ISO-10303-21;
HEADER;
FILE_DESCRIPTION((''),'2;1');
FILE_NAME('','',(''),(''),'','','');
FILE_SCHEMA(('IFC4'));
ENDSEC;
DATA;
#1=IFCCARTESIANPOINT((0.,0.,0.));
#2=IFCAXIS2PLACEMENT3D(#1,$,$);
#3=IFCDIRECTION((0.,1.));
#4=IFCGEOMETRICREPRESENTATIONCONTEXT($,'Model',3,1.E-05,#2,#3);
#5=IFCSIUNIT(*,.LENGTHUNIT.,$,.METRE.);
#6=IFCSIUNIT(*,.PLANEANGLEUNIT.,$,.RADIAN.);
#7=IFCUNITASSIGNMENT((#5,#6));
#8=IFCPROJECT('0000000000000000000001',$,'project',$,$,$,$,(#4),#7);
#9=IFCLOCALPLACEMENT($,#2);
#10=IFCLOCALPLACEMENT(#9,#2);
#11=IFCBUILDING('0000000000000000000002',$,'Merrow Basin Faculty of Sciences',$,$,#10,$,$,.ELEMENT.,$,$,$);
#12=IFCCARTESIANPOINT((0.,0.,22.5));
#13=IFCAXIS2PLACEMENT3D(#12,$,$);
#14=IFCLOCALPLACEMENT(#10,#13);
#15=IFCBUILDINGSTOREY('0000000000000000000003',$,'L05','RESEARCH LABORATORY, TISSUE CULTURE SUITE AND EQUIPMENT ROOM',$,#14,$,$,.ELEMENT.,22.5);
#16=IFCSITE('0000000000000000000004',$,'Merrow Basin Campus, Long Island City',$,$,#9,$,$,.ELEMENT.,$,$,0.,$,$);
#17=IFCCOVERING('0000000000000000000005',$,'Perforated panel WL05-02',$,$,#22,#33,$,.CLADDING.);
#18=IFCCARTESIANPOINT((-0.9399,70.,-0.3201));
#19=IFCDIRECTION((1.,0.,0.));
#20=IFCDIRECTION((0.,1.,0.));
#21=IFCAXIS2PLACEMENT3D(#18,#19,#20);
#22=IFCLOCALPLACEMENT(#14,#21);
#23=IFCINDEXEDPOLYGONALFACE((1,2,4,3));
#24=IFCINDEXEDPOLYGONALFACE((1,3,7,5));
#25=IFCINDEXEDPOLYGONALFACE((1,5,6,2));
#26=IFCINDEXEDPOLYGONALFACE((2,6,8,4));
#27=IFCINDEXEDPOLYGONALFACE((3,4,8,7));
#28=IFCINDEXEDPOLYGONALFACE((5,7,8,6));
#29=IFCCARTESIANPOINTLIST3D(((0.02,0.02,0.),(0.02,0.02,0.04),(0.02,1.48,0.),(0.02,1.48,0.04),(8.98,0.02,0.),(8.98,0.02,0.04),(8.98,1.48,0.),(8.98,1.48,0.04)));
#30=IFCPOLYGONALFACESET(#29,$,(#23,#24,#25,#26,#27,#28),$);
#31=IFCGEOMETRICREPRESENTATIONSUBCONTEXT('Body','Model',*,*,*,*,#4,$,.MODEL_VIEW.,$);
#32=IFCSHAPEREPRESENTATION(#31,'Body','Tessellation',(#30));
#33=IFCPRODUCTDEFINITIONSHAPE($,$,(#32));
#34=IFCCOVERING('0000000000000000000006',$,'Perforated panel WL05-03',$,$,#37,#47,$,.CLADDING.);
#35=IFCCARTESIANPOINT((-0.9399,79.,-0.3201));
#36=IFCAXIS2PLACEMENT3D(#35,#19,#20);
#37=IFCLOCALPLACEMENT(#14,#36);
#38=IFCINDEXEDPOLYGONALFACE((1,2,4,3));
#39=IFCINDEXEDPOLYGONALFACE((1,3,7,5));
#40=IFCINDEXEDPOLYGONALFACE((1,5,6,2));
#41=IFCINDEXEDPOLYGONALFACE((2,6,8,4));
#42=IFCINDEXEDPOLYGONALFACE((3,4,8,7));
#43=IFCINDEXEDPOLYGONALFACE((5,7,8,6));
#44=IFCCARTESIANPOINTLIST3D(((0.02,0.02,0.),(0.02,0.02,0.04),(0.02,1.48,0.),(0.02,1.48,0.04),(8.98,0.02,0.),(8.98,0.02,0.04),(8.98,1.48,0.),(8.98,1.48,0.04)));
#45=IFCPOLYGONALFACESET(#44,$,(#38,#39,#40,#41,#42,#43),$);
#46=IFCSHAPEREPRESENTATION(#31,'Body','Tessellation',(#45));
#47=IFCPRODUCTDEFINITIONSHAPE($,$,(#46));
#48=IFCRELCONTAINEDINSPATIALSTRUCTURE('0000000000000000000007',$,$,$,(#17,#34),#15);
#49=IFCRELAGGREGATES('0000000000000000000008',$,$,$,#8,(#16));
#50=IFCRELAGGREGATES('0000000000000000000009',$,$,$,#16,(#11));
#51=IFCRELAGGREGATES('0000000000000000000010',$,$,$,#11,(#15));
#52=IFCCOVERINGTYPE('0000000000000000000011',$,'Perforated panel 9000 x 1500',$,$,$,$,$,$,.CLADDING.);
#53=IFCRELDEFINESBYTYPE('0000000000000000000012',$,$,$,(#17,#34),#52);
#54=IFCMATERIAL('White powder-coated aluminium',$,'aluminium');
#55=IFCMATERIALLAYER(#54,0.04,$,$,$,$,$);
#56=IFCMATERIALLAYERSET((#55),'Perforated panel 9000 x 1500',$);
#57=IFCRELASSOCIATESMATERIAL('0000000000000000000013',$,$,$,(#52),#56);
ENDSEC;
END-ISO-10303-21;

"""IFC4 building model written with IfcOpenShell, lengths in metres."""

from ifc_helpers import new_model, si_unit, direction, frame, origin, place, context, subcontext, project, spatial, polyline, outline, extrude, source, transform, mapped, material, layer, layer_set, type_object, element, save


model = new_model("IFC4")

# Units and contexts
model_context = context("Model", 3, precision=1e-05, world=origin(), true_north=direction((0.0, 1.0)))
body_context = subcontext(model_context, "Body", "Model", "MODEL_VIEW")
ifc_project = project(units=[si_unit("LENGTHUNIT", "METRE"), si_unit("PLANEANGLEUNIT", "RADIAN")], contexts=[model_context])

# Site, building, storey
site_placement = place(None, origin())
site = spatial("IfcSite", under=ifc_project, at=site_placement, Name="Merrow Basin Campus, Long Island City", CompositionType="ELEMENT", RefElevation=0.0)
building_placement = place(site_placement, origin())
building = spatial("IfcBuilding", under=site, at=building_placement, Name="Merrow Basin Faculty of Sciences", CompositionType="ELEMENT")
storey_placement = place(building_placement, frame((0.0, 0.0, 22.5)))
storey = spatial("IfcBuildingStorey", under=building, at=storey_placement, Name="L05", Description="RESEARCH LABORATORY, TISSUE CULTURE SUITE AND EQUIPMENT ROOM", CompositionType="ELEMENT", Elevation=22.5)

# Coverings
ifc_material_1 = material(Name="White powder-coated aluminium", Category="aluminium")
ifc_layer_1 = layer(ifc_material_1, 0.04)
ifc_layer_set_1 = layer_set([ifc_layer_1], Name="Perforated panel 9000 x 1500")
covering_type = type_object("IfcCoveringType", Name="Perforated panel 9000 x 1500", PredefinedType="CLADDING", material=ifc_layer_set_1)
shared_shape_1 = source(origin(), body_context, "Body", "SweptSolid", [
    extrude(outline(polyline([(0.02, 0.02), (8.98, 0.02), (8.98, 1.48), (0.02, 1.48), (0.02, 0.02)])), origin(), (0.0, 0.0, 1.0), 0.04),
])
covering_1_placement = place(storey_placement, frame((-0.9399, 70.0, -0.3201), z_axis=(1.0, 0.0, 0.0), x_axis=(0.0, 1.0, 0.0)))
element("IfcCovering", 1, at=covering_1_placement, inside=storey, type_object=covering_type, Name="Perforated panel WL05-02", PredefinedType="CLADDING", context=body_context, shape_type="MappedRepresentation", body=[
    mapped(shared_shape_1, transform((0.0, 0.0, 0.0), scale=1.0)),
])
shared_shape_2 = source(origin(), body_context, "Body", "SweptSolid", [
    extrude(outline(polyline([(0.02, 0.02), (8.98, 0.02), (8.98, 1.48), (0.02, 1.48), (0.02, 0.02)])), origin(), (0.0, 0.0, 1.0), 0.04),
])
covering_2_placement = place(storey_placement, frame((-0.9399, 79.0, -0.3201), z_axis=(1.0, 0.0, 0.0), x_axis=(0.0, 1.0, 0.0)))
element("IfcCovering", 2, at=covering_2_placement, inside=storey, type_object=covering_type, Name="Perforated panel WL05-03", PredefinedType="CLADDING", context=body_context, shape_type="MappedRepresentation", body=[
    mapped(shared_shape_2, transform((0.0, 0.0, 0.0), scale=1.0)),
])

save(model, "model.ifc")
